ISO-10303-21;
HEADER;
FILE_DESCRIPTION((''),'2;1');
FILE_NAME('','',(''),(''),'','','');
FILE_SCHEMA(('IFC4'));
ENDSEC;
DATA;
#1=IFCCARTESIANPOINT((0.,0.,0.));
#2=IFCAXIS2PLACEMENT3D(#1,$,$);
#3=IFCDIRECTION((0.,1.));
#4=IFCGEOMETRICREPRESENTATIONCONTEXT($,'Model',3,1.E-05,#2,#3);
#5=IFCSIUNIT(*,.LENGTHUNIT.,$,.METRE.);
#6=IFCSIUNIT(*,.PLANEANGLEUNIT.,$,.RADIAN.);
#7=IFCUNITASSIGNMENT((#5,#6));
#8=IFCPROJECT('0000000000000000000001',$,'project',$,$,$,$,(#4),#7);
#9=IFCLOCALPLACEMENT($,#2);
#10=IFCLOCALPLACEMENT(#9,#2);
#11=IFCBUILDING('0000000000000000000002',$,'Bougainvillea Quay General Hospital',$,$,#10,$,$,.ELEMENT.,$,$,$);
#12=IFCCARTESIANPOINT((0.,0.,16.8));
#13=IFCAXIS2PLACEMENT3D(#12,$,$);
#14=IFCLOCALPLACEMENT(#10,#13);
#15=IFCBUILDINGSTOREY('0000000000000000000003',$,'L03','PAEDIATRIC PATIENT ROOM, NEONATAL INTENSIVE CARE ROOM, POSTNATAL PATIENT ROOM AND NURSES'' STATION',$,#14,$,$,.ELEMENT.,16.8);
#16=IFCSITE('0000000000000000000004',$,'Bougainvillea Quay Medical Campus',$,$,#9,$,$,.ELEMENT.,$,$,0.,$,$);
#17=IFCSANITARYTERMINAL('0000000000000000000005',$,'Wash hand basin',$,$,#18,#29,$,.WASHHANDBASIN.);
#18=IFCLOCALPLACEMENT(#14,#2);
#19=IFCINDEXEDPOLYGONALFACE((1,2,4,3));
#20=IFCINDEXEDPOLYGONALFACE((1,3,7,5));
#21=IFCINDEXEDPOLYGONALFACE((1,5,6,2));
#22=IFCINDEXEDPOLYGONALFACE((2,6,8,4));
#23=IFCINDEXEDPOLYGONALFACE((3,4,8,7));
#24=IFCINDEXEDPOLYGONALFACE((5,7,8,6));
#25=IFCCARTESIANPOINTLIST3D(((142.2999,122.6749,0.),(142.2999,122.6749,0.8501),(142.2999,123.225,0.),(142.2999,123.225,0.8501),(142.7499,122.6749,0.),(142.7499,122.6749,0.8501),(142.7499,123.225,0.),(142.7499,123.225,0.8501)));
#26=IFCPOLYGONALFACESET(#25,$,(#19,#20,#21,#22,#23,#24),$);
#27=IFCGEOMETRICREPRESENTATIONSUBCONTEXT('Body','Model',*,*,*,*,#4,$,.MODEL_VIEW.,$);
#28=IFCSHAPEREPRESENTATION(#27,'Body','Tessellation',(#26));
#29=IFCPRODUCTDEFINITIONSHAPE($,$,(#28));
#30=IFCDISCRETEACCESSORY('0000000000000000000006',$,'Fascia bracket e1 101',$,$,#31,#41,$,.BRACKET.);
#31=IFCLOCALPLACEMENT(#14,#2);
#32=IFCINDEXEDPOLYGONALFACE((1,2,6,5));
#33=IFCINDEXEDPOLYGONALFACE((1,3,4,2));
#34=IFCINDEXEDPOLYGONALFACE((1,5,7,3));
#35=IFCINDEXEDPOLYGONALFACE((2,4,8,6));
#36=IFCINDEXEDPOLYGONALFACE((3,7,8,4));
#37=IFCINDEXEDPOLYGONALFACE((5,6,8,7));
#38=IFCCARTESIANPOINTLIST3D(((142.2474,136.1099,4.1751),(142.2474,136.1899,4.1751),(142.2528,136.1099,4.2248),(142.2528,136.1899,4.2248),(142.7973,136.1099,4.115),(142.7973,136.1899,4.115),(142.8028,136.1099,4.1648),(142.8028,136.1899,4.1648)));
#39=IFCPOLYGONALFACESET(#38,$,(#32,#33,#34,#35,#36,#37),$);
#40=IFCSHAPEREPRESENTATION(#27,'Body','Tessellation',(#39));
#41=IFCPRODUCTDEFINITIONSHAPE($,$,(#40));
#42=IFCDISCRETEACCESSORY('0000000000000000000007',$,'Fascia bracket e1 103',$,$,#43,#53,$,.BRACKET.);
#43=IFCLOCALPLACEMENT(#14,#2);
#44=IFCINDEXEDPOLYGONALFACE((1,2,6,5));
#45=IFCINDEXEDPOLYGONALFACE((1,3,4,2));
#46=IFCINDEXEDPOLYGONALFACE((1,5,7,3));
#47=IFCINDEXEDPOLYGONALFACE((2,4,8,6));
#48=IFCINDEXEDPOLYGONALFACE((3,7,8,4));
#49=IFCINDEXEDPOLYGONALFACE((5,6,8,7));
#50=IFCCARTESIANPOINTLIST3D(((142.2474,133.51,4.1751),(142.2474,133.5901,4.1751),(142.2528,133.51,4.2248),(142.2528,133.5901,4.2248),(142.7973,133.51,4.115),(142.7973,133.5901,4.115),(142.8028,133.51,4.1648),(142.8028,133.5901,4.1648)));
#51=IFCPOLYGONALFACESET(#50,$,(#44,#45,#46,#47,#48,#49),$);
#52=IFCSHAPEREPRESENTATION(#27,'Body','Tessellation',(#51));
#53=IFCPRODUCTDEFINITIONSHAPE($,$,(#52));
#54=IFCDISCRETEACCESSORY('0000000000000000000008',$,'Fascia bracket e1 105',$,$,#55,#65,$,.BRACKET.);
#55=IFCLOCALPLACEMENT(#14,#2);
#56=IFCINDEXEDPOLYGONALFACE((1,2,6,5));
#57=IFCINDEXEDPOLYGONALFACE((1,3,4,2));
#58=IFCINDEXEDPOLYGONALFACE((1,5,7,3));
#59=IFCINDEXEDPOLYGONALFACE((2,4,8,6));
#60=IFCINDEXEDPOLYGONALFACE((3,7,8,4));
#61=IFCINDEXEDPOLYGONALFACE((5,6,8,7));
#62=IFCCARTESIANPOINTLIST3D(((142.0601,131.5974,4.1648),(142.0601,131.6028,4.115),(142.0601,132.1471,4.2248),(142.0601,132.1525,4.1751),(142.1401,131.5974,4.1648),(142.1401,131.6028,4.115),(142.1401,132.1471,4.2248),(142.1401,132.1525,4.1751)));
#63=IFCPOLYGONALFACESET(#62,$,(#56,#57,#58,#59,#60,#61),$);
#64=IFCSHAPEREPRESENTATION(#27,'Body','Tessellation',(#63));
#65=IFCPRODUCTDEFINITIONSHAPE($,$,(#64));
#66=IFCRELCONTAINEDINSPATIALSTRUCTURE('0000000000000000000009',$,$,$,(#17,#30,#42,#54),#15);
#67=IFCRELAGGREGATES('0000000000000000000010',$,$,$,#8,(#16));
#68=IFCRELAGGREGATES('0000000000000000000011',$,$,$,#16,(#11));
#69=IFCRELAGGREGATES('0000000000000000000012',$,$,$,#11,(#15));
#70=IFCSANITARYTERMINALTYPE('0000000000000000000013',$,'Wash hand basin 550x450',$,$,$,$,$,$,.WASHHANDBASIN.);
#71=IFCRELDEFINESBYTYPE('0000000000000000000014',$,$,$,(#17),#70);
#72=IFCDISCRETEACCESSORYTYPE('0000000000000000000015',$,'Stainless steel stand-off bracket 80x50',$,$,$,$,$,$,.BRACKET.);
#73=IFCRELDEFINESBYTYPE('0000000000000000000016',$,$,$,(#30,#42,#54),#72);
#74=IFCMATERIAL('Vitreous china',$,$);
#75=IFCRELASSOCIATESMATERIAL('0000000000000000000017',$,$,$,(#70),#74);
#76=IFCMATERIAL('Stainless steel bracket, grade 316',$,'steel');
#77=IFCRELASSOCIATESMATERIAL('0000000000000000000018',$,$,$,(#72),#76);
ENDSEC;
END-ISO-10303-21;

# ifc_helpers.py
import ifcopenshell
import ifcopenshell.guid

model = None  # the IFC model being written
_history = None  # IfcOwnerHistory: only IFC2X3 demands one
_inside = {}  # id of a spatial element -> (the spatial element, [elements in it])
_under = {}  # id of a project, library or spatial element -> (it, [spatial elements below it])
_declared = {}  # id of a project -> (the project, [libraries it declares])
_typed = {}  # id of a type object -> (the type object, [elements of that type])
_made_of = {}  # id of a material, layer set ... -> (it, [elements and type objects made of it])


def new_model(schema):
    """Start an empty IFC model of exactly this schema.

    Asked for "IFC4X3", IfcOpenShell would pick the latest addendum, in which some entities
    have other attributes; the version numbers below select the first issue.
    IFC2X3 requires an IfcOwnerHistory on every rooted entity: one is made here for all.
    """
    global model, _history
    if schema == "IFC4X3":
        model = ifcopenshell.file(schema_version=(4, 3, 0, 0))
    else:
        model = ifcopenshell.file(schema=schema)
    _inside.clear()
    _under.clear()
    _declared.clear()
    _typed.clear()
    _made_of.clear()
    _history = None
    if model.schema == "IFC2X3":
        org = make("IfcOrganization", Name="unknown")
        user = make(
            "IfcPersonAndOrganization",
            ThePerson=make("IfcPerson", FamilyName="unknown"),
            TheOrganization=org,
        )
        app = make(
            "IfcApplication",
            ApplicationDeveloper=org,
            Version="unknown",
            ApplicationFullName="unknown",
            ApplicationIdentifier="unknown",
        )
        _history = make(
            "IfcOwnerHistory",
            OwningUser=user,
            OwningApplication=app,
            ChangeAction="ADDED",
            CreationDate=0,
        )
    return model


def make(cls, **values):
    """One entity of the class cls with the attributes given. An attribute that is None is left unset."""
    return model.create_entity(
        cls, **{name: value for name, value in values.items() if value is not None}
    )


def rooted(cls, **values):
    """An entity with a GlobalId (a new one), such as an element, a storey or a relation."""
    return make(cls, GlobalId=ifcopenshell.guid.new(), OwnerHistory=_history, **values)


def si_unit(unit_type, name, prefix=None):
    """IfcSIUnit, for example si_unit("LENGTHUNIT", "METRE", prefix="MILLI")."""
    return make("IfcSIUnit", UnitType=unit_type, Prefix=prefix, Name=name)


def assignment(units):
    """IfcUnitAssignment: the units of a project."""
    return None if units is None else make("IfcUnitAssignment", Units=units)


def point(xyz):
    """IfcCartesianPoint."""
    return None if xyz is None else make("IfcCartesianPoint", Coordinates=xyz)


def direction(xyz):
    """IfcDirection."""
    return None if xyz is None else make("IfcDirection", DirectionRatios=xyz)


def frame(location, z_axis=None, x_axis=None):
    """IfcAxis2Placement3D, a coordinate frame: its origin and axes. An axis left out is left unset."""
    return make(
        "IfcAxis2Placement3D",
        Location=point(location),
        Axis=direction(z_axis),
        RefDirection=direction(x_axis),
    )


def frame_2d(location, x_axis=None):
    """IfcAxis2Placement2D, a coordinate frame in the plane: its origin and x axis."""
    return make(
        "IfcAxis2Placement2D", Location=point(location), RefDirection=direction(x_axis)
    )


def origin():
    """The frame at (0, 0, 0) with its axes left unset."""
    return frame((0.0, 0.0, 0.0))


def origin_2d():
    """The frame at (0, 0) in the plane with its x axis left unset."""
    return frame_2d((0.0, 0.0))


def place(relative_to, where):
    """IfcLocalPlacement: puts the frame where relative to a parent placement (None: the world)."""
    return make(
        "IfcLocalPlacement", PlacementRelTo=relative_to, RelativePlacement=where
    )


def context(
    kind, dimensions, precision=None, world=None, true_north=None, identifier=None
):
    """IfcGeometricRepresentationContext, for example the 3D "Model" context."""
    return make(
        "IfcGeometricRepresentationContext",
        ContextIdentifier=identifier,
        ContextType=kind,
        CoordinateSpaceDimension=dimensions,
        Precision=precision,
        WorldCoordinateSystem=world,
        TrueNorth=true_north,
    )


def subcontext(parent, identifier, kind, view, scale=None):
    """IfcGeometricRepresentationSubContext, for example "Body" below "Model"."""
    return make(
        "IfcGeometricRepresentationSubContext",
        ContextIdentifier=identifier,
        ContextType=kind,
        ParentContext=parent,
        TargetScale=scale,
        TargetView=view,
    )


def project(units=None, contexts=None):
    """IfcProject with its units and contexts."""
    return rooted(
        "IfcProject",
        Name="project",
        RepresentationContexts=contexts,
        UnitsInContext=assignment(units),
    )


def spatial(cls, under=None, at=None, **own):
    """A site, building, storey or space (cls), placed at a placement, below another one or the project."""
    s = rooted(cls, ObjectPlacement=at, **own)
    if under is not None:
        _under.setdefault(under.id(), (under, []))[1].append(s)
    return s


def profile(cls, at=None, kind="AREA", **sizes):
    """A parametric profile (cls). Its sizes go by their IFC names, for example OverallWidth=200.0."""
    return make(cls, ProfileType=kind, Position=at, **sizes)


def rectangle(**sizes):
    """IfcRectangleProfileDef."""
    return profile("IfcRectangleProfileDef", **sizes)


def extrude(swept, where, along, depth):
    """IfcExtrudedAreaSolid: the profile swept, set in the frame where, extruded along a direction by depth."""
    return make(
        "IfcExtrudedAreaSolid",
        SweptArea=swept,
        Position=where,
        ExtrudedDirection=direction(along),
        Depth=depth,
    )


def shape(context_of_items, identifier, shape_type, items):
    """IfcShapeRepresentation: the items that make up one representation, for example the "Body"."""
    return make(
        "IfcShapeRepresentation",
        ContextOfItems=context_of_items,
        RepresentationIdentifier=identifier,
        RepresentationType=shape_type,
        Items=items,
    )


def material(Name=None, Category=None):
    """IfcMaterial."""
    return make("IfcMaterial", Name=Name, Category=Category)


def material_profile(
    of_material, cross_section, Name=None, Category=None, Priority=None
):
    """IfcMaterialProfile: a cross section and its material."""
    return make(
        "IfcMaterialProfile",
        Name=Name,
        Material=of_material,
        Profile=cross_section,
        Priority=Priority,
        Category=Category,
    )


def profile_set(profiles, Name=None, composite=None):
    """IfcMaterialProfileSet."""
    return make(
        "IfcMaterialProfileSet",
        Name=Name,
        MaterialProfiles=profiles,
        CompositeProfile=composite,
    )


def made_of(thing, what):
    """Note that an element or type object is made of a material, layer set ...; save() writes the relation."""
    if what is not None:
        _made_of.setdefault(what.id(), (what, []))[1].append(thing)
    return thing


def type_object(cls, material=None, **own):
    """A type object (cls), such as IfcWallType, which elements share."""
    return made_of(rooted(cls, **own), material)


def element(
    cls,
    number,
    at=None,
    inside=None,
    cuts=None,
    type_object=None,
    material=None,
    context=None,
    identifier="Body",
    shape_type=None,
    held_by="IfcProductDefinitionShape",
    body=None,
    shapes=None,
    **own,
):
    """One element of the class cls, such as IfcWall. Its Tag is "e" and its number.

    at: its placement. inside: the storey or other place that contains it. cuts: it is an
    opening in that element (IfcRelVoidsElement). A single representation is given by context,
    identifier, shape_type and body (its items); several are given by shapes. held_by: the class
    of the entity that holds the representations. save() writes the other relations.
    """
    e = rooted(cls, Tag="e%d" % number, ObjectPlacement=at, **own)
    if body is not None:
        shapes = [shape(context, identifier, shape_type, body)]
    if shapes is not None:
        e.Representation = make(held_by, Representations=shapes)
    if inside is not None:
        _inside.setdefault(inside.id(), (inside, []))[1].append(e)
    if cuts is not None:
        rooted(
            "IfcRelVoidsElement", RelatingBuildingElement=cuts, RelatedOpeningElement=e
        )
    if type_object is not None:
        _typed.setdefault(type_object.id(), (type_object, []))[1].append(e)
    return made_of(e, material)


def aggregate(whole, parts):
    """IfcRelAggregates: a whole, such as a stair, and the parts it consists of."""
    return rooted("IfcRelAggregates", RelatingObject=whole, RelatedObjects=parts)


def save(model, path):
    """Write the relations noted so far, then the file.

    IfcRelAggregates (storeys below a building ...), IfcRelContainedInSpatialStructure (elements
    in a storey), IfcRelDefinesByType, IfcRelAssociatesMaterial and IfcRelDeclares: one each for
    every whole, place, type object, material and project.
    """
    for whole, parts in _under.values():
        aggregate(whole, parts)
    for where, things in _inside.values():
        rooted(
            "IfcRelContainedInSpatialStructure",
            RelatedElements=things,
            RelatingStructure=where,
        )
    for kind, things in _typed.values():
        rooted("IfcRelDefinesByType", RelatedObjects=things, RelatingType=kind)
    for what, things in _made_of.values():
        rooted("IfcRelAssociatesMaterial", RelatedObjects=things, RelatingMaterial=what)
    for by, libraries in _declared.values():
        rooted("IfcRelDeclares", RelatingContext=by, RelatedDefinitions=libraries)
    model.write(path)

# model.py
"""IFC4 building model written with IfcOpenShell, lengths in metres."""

from ifc_helpers import new_model, si_unit, direction, frame, origin, origin_2d, place, context, subcontext, project, spatial, rectangle, extrude, material, material_profile, profile_set, type_object, element, save


model = new_model("IFC4")

# Units and contexts
model_context = context("Model", 3, precision=1e-05, world=origin(), true_north=direction((0.0, 1.0)))
body_context = subcontext(model_context, "Body", "Model", "MODEL_VIEW")
ifc_project = project(units=[si_unit("LENGTHUNIT", "METRE"), si_unit("PLANEANGLEUNIT", "RADIAN")], contexts=[model_context])

# Site, building, storey
site_placement = place(None, origin())
site = spatial("IfcSite", under=ifc_project, at=site_placement, Name="Bougainvillea Quay Medical Campus", CompositionType="ELEMENT", RefElevation=0.0)
building_placement = place(site_placement, origin())
building = spatial("IfcBuilding", under=site, at=building_placement, Name="Bougainvillea Quay General Hospital", CompositionType="ELEMENT")
storey_placement = place(building_placement, frame((0.0, 0.0, 16.8)))
storey = spatial("IfcBuildingStorey", under=building, at=storey_placement, Name="L03", Description="PAEDIATRIC PATIENT ROOM, NEONATAL INTENSIVE CARE ROOM, POSTNATAL PATIENT ROOM AND NURSES' STATION", CompositionType="ELEMENT", Elevation=16.8)

# Sanitary terminal
ifc_material_1 = material(Name="Vitreous china")
sanitary_terminal_type_1 = type_object("IfcSanitaryTerminalType", Name="Wash hand basin 550x450", PredefinedType="WASHHANDBASIN", material=ifc_material_1)
sanitary_terminal_1_placement = place(storey_placement, frame((142.5249, 122.95, 0.0), z_axis=(0.0, 0.0, 1.0), x_axis=(0.0, -1.0, 0.0)))
element("IfcSanitaryTerminal", 1, at=sanitary_terminal_1_placement, inside=storey, type_object=sanitary_terminal_type_1, Name="Wash hand basin", PredefinedType="WASHHANDBASIN", context=body_context, shape_type="SweptSolid", body=[
    extrude(rectangle(XDim=0.55, YDim=0.45, at=origin_2d()), origin(), (0.0, 0.0, 1.0), 0.8501),
])

# Discrete accessories
ifc_material_2 = material(Name="Stainless steel bracket, grade 316", Category="steel")
ifc_material_profile_1 = material_profile(ifc_material_2, rectangle(XDim=0.0801, YDim=0.05, at=origin_2d()))
ifc_profile_set_1 = profile_set([ifc_material_profile_1], Name="Stainless steel bracket, grade 316")
discrete_accessory_type = type_object("IfcDiscreteAccessoryType", Name="Stainless steel stand-off bracket 80x50", PredefinedType="BRACKET", material=ifc_profile_set_1)
for number, where, z_axis, x_axis, name in (
    (2, (142.8, 136.1499, 4.1399), (-0.994092, 0.0, 0.108543), (0.0, -1.0, 0.0), "Fascia bracket e1 101"),
    (3, (142.8, 133.55, 4.1399), (-0.994092, 0.0, 0.108543), (0.0, -1.0, 0.0), "Fascia bracket e1 103"),
):
    element("IfcDiscreteAccessory", number, at=place(storey_placement, frame(where, z_axis=z_axis, x_axis=x_axis)), inside=storey, type_object=discrete_accessory_type, Name=name, PredefinedType="BRACKET", context=body_context, shape_type="SweptSolid", body=[
        extrude(rectangle(XDim=0.0801, YDim=0.05, at=origin_2d()), origin(), (0.0, 0.0, 1.0), 0.5532),
    ])
discrete_accessory_placement = place(storey_placement, frame((142.1001, 131.6001, 4.1399), z_axis=(0.0, 0.994087, 0.10859), x_axis=(-1.0, 0.0, 0.0)))
element("IfcDiscreteAccessory", 4, at=discrete_accessory_placement, inside=storey, type_object=discrete_accessory_type, Name="Fascia bracket e1 105", PredefinedType="BRACKET", context=body_context, shape_type="SweptSolid", body=[
    extrude(rectangle(XDim=0.0801, YDim=0.05, at=origin_2d()), origin(), (0.0, 0.0, 1.0), 0.553),
])

save(model, "model.ifc")
